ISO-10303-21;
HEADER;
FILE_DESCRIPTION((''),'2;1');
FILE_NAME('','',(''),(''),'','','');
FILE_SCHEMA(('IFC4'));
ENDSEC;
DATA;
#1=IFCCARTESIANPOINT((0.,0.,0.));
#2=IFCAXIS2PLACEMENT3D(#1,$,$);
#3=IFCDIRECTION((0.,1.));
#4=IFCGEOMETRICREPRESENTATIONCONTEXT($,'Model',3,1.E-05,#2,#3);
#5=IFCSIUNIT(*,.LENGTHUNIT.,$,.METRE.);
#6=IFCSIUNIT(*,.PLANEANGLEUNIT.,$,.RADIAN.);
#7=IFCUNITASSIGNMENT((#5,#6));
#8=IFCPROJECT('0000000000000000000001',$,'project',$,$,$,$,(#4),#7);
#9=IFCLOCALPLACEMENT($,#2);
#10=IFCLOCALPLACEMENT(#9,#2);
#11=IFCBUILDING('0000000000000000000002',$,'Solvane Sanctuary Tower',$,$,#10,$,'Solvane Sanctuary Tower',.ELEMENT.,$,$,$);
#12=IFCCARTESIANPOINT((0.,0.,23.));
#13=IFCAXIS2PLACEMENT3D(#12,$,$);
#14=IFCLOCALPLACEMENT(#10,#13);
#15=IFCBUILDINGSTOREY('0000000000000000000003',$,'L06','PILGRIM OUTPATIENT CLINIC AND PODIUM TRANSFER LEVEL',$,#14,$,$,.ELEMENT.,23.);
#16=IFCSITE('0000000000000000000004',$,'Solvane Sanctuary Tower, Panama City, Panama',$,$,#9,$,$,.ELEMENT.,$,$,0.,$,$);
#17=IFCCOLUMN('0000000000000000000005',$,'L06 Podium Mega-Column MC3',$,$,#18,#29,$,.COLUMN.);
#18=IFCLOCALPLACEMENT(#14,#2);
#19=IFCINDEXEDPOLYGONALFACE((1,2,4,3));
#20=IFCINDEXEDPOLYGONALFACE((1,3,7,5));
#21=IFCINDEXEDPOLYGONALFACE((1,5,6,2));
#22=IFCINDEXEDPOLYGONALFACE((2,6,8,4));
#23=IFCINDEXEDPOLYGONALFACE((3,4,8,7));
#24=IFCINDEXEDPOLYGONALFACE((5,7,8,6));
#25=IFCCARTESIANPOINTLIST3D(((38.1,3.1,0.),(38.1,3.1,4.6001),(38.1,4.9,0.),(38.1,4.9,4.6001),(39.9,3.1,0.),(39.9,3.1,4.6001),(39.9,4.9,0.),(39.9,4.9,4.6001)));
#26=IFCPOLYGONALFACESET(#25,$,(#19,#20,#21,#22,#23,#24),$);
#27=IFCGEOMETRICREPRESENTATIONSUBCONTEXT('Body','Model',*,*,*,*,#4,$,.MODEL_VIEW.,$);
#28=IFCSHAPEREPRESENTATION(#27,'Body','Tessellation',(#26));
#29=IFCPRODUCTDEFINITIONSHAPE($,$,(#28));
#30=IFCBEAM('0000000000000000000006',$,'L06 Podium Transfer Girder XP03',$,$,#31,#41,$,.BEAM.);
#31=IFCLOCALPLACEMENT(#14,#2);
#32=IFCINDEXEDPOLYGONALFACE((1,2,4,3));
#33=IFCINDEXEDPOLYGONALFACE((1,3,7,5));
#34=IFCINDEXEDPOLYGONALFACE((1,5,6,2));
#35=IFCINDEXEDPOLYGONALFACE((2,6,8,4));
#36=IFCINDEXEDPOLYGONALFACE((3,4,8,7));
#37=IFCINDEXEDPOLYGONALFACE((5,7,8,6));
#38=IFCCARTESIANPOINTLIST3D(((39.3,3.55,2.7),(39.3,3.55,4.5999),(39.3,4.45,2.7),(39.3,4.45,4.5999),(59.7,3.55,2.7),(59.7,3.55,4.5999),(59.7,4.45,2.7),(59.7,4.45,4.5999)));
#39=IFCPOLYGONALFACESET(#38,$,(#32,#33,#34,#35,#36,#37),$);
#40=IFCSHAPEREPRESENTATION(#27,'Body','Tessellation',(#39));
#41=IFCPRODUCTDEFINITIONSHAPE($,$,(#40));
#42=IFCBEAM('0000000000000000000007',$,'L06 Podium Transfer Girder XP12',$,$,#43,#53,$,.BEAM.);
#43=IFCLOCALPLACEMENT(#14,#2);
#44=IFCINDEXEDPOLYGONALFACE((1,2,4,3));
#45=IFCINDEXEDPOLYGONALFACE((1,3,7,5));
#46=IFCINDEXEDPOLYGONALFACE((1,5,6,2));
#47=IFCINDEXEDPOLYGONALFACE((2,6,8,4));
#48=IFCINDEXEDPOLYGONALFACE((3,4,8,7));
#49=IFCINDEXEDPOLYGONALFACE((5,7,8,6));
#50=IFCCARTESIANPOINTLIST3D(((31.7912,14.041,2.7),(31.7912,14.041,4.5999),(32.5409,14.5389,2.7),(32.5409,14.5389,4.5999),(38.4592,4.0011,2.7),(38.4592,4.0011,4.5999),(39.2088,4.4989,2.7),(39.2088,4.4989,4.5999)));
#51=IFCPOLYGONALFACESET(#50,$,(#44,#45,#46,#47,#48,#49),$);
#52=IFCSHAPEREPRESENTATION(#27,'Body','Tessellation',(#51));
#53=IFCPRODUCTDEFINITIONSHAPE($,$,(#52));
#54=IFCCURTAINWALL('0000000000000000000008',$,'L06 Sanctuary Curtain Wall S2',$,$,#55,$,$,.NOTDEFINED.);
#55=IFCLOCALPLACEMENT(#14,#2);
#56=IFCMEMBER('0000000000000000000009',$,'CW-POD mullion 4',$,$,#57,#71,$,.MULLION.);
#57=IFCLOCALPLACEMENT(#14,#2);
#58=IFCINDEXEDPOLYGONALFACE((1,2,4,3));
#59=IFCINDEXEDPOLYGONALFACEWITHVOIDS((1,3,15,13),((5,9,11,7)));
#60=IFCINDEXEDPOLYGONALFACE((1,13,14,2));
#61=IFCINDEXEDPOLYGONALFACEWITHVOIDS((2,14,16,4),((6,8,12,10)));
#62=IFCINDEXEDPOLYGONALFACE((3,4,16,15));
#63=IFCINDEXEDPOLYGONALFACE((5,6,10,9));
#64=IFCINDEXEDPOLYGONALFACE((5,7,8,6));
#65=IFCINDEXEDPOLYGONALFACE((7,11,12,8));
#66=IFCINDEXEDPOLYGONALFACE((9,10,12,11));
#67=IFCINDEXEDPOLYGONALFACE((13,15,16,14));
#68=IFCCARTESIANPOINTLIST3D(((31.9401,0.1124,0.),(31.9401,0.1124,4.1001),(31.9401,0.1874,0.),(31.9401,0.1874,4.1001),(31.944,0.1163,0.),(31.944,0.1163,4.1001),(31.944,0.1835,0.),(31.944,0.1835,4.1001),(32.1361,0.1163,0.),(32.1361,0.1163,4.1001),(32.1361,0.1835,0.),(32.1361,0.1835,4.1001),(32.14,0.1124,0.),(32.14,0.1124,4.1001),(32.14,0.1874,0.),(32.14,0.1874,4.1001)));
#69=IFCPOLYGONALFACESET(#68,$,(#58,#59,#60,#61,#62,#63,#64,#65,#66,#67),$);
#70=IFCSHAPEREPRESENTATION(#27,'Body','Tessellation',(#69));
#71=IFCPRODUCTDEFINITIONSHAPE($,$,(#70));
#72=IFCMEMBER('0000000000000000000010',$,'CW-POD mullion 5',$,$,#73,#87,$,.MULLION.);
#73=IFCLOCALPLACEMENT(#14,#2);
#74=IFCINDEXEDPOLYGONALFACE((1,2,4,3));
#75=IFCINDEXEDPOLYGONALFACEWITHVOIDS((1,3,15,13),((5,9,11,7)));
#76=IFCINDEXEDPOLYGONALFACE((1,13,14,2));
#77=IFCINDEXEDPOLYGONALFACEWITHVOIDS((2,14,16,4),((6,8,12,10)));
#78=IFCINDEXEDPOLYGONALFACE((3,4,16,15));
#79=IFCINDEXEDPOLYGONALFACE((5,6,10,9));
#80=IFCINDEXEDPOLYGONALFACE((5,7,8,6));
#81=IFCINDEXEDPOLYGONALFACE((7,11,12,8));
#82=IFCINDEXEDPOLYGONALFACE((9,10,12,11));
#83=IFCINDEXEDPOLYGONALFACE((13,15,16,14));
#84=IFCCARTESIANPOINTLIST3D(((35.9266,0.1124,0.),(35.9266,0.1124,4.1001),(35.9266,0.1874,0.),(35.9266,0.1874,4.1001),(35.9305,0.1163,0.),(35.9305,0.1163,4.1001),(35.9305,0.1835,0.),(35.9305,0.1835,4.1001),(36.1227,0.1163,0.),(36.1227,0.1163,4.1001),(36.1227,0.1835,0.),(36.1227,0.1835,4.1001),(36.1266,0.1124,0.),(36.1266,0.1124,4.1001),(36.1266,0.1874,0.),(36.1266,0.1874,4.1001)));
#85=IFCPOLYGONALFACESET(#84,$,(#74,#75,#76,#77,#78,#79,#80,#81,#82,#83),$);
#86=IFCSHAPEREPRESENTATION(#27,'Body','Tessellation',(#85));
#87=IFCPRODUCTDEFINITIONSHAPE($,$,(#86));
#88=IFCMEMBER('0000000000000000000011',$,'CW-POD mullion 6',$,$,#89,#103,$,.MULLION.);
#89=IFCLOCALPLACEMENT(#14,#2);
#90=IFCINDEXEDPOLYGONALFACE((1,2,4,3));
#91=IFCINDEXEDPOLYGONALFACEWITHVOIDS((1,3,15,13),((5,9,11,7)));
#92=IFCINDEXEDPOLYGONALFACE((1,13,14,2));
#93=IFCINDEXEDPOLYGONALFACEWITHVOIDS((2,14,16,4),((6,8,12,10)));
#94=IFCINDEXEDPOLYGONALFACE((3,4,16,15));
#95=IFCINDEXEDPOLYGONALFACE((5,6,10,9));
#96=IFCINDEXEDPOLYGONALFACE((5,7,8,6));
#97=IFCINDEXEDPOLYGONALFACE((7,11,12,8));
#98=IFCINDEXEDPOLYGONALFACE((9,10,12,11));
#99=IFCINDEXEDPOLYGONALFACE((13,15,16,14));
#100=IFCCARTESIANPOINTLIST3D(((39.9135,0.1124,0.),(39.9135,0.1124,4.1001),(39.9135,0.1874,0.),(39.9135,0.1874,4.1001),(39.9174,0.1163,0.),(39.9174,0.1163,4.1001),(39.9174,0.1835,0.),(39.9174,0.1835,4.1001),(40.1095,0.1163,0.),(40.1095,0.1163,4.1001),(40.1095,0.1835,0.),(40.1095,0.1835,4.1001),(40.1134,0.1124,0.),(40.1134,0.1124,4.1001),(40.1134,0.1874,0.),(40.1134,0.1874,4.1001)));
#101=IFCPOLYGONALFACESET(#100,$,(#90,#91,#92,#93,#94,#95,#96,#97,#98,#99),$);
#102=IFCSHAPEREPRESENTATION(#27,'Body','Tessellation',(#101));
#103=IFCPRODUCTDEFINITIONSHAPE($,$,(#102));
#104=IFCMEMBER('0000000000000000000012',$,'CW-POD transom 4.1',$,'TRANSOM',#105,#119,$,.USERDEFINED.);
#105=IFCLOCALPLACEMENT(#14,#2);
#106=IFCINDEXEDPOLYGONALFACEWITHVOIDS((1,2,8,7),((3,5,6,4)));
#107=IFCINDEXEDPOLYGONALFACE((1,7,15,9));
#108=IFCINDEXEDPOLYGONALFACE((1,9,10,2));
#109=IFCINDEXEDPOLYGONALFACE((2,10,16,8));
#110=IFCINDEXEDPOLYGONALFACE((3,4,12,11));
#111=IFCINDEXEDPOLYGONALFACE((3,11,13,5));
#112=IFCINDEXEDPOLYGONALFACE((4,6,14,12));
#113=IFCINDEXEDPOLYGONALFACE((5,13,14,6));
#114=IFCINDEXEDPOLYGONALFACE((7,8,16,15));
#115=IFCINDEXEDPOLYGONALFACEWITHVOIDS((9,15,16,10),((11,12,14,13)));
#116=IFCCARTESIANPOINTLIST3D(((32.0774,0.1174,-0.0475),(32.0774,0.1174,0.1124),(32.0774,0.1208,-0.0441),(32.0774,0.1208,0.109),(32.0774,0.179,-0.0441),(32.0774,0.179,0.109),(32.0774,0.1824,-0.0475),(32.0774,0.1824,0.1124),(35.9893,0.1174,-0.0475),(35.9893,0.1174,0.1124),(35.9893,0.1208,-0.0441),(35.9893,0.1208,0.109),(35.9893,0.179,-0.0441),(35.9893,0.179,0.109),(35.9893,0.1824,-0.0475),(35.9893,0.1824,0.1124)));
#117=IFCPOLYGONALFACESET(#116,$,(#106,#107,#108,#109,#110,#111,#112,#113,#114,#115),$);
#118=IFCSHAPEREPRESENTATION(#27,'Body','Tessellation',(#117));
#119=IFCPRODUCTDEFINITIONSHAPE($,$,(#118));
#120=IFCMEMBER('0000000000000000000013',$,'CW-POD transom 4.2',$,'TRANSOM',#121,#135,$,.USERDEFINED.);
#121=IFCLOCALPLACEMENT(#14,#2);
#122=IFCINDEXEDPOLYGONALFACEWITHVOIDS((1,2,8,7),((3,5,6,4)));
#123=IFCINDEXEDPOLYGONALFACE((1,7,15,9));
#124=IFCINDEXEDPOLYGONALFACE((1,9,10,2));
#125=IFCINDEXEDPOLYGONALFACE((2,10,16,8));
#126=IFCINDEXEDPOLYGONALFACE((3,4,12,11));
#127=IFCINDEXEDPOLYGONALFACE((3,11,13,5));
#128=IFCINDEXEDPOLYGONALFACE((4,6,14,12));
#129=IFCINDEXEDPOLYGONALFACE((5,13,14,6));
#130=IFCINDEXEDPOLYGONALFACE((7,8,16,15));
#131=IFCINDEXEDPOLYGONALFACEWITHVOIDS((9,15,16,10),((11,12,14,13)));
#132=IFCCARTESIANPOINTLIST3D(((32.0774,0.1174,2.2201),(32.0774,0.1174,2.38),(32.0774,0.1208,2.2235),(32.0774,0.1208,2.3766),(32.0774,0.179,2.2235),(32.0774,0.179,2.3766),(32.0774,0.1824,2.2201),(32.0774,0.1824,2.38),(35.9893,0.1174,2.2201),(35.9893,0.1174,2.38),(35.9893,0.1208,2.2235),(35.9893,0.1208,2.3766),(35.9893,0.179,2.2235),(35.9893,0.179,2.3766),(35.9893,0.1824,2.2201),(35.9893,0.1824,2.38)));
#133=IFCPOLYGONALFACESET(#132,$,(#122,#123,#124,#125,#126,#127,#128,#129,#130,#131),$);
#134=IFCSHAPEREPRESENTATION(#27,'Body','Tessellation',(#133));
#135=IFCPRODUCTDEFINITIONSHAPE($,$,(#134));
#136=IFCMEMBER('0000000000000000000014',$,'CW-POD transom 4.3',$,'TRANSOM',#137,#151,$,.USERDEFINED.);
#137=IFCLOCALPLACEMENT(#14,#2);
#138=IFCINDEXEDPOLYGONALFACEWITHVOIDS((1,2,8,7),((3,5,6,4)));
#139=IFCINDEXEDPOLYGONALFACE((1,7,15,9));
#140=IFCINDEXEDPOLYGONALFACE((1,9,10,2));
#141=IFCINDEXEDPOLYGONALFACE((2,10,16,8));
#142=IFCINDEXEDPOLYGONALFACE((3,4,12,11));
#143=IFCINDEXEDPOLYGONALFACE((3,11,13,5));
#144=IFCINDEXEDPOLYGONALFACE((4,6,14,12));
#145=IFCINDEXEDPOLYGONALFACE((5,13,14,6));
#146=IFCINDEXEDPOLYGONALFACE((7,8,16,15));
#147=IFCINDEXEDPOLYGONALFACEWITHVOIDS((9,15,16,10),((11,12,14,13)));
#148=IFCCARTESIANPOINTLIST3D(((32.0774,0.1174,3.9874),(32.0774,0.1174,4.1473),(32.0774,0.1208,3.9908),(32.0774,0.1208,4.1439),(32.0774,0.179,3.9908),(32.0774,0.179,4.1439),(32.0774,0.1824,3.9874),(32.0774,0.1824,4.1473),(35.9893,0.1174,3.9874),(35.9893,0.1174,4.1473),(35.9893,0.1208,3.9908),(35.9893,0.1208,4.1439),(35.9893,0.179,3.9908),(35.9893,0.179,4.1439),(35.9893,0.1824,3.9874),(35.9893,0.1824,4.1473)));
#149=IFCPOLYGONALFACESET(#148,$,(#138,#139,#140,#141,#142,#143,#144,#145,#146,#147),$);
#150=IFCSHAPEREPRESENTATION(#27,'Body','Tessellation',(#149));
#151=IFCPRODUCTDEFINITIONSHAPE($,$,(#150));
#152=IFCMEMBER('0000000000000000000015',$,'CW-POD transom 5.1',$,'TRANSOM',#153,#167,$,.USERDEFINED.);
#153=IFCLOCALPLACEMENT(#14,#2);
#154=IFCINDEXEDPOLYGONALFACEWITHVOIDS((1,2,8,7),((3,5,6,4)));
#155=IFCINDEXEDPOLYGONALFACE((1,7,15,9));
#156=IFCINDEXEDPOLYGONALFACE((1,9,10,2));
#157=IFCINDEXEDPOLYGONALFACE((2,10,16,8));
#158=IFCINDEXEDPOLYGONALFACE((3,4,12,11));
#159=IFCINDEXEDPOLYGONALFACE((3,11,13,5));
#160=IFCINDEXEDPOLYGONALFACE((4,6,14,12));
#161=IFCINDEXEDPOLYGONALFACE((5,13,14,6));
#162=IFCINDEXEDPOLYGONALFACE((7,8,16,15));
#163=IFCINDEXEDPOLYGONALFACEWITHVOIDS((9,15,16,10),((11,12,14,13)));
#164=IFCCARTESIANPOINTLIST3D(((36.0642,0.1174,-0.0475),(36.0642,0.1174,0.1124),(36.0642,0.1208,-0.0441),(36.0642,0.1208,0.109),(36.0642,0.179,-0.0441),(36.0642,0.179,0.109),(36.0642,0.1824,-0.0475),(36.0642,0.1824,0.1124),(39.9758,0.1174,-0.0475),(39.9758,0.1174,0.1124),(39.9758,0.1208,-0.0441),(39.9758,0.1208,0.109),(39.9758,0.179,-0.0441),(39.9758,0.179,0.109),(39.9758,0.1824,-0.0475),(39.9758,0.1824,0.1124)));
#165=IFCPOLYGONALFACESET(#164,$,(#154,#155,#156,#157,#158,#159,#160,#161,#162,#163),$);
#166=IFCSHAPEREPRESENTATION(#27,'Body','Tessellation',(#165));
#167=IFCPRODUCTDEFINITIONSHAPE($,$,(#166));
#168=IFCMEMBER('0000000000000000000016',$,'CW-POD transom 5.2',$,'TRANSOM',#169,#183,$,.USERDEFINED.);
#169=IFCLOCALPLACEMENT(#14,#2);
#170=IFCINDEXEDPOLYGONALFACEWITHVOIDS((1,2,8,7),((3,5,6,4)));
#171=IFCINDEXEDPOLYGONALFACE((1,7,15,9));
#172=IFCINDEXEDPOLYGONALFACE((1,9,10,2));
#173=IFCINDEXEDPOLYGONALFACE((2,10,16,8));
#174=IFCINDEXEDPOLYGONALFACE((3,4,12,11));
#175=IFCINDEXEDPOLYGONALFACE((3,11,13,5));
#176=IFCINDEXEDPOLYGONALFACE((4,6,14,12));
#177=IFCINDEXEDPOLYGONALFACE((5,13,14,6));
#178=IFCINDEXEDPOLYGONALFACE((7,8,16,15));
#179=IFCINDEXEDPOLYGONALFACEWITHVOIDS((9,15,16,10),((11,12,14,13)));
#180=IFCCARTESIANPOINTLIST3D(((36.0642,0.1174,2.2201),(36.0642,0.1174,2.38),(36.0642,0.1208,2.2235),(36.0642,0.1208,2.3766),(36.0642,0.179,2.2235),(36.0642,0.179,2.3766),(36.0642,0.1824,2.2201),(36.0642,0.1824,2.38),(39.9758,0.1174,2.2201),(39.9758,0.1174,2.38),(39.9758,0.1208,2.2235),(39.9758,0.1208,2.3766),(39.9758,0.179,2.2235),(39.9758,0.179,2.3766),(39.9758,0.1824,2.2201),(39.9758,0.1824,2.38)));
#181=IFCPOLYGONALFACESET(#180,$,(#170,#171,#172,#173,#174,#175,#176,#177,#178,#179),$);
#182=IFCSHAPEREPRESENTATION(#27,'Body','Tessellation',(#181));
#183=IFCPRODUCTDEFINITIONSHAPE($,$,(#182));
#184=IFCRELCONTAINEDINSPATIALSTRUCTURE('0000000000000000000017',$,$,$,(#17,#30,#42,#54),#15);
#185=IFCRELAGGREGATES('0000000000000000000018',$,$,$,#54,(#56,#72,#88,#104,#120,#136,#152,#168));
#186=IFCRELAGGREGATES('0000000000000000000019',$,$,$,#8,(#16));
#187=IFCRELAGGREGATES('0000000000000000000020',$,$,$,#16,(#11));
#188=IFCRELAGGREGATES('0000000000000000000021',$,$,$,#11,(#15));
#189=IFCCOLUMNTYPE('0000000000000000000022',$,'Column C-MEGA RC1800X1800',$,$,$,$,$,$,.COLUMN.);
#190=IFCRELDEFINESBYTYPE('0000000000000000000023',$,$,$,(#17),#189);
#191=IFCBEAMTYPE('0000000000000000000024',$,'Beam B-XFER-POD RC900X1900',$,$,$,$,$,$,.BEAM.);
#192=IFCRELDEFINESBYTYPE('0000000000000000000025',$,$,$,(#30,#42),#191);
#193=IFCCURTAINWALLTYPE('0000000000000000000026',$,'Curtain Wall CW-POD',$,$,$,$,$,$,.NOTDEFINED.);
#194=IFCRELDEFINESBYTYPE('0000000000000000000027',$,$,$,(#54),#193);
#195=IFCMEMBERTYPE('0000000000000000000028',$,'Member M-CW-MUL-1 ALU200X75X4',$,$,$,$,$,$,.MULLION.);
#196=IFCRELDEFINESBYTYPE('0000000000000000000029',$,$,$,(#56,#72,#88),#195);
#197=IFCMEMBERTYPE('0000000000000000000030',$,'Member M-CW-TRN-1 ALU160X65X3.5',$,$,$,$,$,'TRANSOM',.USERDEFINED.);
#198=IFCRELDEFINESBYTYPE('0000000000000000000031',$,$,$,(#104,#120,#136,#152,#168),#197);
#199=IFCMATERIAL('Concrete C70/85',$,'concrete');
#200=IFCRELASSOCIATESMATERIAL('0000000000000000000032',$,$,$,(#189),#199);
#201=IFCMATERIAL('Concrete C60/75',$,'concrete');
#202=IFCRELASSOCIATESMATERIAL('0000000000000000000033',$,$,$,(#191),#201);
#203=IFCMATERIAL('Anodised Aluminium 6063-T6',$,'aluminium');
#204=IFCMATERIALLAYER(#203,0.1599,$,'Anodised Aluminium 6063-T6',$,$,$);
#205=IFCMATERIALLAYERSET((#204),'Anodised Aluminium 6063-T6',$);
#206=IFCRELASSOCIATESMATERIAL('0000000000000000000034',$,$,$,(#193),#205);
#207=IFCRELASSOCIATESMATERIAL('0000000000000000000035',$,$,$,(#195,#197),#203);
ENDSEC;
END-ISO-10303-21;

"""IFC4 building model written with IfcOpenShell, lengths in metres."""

from ifc_helpers import new_model, si_unit, direction, frame, origin, origin_2d, place, context, subcontext, project, spatial, rectangle, hollow_rectangle, extrude, material, layer, layer_set, material_profile, profile_set, type_object, element, aggregate, save


model = new_model("IFC4")

# Units and contexts
model_context = context("Model", 3, precision=1e-05, world=origin(), true_north=direction((0.0, 1.0)))
body_context = subcontext(model_context, "Body", "Model", "MODEL_VIEW")
ifc_project = project(units=[si_unit("LENGTHUNIT", "METRE"), si_unit("PLANEANGLEUNIT", "RADIAN")], contexts=[model_context])

# Site, building, storey
site_placement = place(None, origin())
site = spatial("IfcSite", under=ifc_project, at=site_placement, Name="Solvane Sanctuary Tower, Panama City, Panama", CompositionType="ELEMENT", RefElevation=0.0)
building_placement = place(site_placement, origin())
building = spatial("IfcBuilding", under=site, at=building_placement, Name="Solvane Sanctuary Tower", LongName="Solvane Sanctuary Tower", CompositionType="ELEMENT")
storey_placement = place(building_placement, frame((0.0, 0.0, 23.0)))
storey = spatial("IfcBuildingStorey", under=building, at=storey_placement, Name="L06", Description="PILGRIM OUTPATIENT CLINIC AND PODIUM TRANSFER LEVEL", CompositionType="ELEMENT", Elevation=23.0)

# Column
ifc_material_1 = material(Name="Concrete C70/85", Category="concrete")
ifc_material_profile_1 = material_profile(ifc_material_1, rectangle(XDim=1.8, YDim=1.8, at=origin_2d()), Name="RC1800X1800")
ifc_profile_set_1 = profile_set([ifc_material_profile_1], Name="Concrete C70/85")
column_type = type_object("IfcColumnType", Name="Column C-MEGA RC1800X1800", PredefinedType="COLUMN", material=ifc_profile_set_1)
column_placement = place(storey_placement, frame((39.0, 4.0, 0.0), z_axis=(0.0, 0.0, 1.0), x_axis=(1.0, 0.0, 0.0)))
element("IfcColumn", 1, at=column_placement, inside=storey, type_object=column_type, Name="L06 Podium Mega-Column MC3", PredefinedType="COLUMN", context=body_context, shape_type="SweptSolid", body=[
    extrude(rectangle(XDim=1.8, YDim=1.8, at=origin_2d()), origin(), (0.0, 0.0, 1.0), 4.6001),
])

# Beams
ifc_material_2 = material(Name="Concrete C60/75", Category="concrete")
ifc_material_profile_2 = material_profile(ifc_material_2, rectangle(XDim=0.8999, YDim=1.8999, at=origin_2d()), Name="RC900X1900")
ifc_profile_set_2 = profile_set([ifc_material_profile_2], Name="Concrete C60/75")
beam_type = type_object("IfcBeamType", Name="Beam B-XFER-POD RC900X1900", PredefinedType="BEAM", material=ifc_profile_set_2)
beam_1_placement = place(storey_placement, frame((39.3, 4.0, 3.6499), z_axis=(1.0, 0.0, 0.0), x_axis=(0.0, 1.0, 0.0)))
element("IfcBeam", 2, at=beam_1_placement, inside=storey, type_object=beam_type, Name="L06 Podium Transfer Girder XP03", PredefinedType="BEAM", context=body_context, shape_type="SweptSolid", body=[
    extrude(rectangle(XDim=0.8999, YDim=1.8999, at=origin_2d()), origin(), (0.0, 0.0, 1.0), 20.3999),
])
beam_2_placement = place(storey_placement, frame((38.834, 4.25, 3.6499), z_axis=(-0.553241, 0.833021, 0.0), x_axis=(-0.833021, -0.553241, 0.0)))
element("IfcBeam", 3, at=beam_2_placement, inside=storey, type_object=beam_type, Name="L06 Podium Transfer Girder XP12", PredefinedType="BEAM", context=body_context, shape_type="SweptSolid", body=[
    extrude(rectangle(XDim=0.8999, YDim=1.8999, at=origin_2d()), origin(), (0.0, 0.0, 1.0), 12.0525),
])

# Curtain wall, members
ifc_material_3 = material(Name="Anodised Aluminium 6063-T6", Category="aluminium")
ifc_layer_1 = layer(ifc_material_3, 0.1599, Name="Anodised Aluminium 6063-T6")
ifc_layer_set_1 = layer_set([ifc_layer_1], Name="Anodised Aluminium 6063-T6")
curtain_wall_type = type_object("IfcCurtainWallType", Name="Curtain Wall CW-POD", PredefinedType="NOTDEFINED", material=ifc_layer_set_1)
curtain_wall_placement = place(storey_placement, origin())
curtain_wall = element("IfcCurtainWall", 4, at=curtain_wall_placement, inside=storey, type_object=curtain_wall_type, Name="L06 Sanctuary Curtain Wall S2", PredefinedType="NOTDEFINED")
ifc_material_profile_3 = material_profile(ifc_material_3, hollow_rectangle(XDim=0.075, YDim=0.2, WallThickness=0.0039, at=origin_2d()), Name="ALU200X75X4")
ifc_profile_set_3 = profile_set([ifc_material_profile_3], Name="Anodised Aluminium 6063-T6")
member_type_1 = type_object("IfcMemberType", Name="Member M-CW-MUL-1 ALU200X75X4", PredefinedType="MULLION", material=ifc_profile_set_3)
member_1_placement = place(storey_placement, frame((32.04, 0.1499, 0.0), z_axis=(0.0, 0.0, 1.0), x_axis=(0.0, 1.0, 0.0)))
member_1 = element("IfcMember", 5, at=member_1_placement, type_object=member_type_1, Name="CW-POD mullion 4", PredefinedType="MULLION", context=body_context, shape_type="SweptSolid", body=[
    extrude(hollow_rectangle(XDim=0.075, YDim=0.2, WallThickness=0.0039, at=origin_2d()), origin(), (0.0, 0.0, 1.0), 4.1001),
])
member_2_placement = place(storey_placement, frame((36.0266, 0.1499, 0.0), z_axis=(0.0, 0.0, 1.0), x_axis=(0.0, 1.0, 0.0)))
member_2 = element("IfcMember", 6, at=member_2_placement, type_object=member_type_1, Name="CW-POD mullion 5", PredefinedType="MULLION", context=body_context, shape_type="SweptSolid", body=[
    extrude(hollow_rectangle(XDim=0.075, YDim=0.2, WallThickness=0.0039, at=origin_2d()), origin(), (0.0, 0.0, 1.0), 4.1001),
])
member_3_placement = place(storey_placement, frame((40.0134, 0.1499, 0.0), z_axis=(0.0, 0.0, 1.0), x_axis=(0.0, 1.0, 0.0)))
member_3 = element("IfcMember", 7, at=member_3_placement, type_object=member_type_1, Name="CW-POD mullion 6", PredefinedType="MULLION", context=body_context, shape_type="SweptSolid", body=[
    extrude(hollow_rectangle(XDim=0.075, YDim=0.2, WallThickness=0.0039, at=origin_2d()), origin(), (0.0, 0.0, 1.0), 4.1001),
])
ifc_material_profile_4 = material_profile(ifc_material_3, hollow_rectangle(XDim=0.0649, YDim=0.1599, WallThickness=0.0034, at=origin_2d()), Name="ALU160X65X3.5")
ifc_profile_set_4 = profile_set([ifc_material_profile_4], Name="Anodised Aluminium 6063-T6")
member_type_2 = type_object("IfcMemberType", Name="Member M-CW-TRN-1 ALU160X65X3.5", ElementType="TRANSOM", PredefinedType="USERDEFINED", material=ifc_profile_set_4)
member_4_placement = place(storey_placement, frame((32.0774, 0.1499, 0.0325), z_axis=(1.0, 0.0, 0.0), x_axis=(0.0, 1.0, 0.0)))
member_4 = element("IfcMember", 8, at=member_4_placement, type_object=member_type_2, Name="CW-POD transom 4.1", ObjectType="TRANSOM", PredefinedType="USERDEFINED", context=body_context, shape_type="SweptSolid", body=[
    extrude(hollow_rectangle(XDim=0.0649, YDim=0.1599, WallThickness=0.0034, at=origin_2d()), origin(), (0.0, 0.0, 1.0), 3.9119),
])
member_5_placement = place(storey_placement, frame((32.0774, 0.1499, 2.3), z_axis=(1.0, 0.0, 0.0), x_axis=(0.0, 1.0, 0.0)))
member_5 = element("IfcMember", 9, at=member_5_placement, type_object=member_type_2, Name="CW-POD transom 4.2", ObjectType="TRANSOM", PredefinedType="USERDEFINED", context=body_context, shape_type="SweptSolid", body=[
    extrude(hollow_rectangle(XDim=0.0649, YDim=0.1599, WallThickness=0.0034, at=origin_2d()), origin(), (0.0, 0.0, 1.0), 3.9119),
])
member_6_placement = place(storey_placement, frame((32.0774, 0.1499, 4.0674), z_axis=(1.0, 0.0, 0.0), x_axis=(0.0, 1.0, 0.0)))
member_6 = element("IfcMember", 10, at=member_6_placement, type_object=member_type_2, Name="CW-POD transom 4.3", ObjectType="TRANSOM", PredefinedType="USERDEFINED", context=body_context, shape_type="SweptSolid", body=[
    extrude(hollow_rectangle(XDim=0.0649, YDim=0.1599, WallThickness=0.0034, at=origin_2d()), origin(), (0.0, 0.0, 1.0), 3.9119),
])
member_7_placement = place(storey_placement, frame((36.0642, 0.1499, 0.0325), z_axis=(1.0, 0.0, 0.0), x_axis=(0.0, 1.0, 0.0)))
member_7 = element("IfcMember", 11, at=member_7_placement, type_object=member_type_2, Name="CW-POD transom 5.1", ObjectType="TRANSOM", PredefinedType="USERDEFINED", context=body_context, shape_type="SweptSolid", body=[
    extrude(hollow_rectangle(XDim=0.0649, YDim=0.1599, WallThickness=0.0034, at=origin_2d()), origin(), (0.0, 0.0, 1.0), 3.9116),
])
member_8_placement = place(storey_placement, frame((36.0642, 0.1499, 2.3), z_axis=(1.0, 0.0, 0.0), x_axis=(0.0, 1.0, 0.0)))
member_8 = element("IfcMember", 12, at=member_8_placement, type_object=member_type_2, Name="CW-POD transom 5.2", ObjectType="TRANSOM", PredefinedType="USERDEFINED", context=body_context, shape_type="SweptSolid", body=[
    extrude(hollow_rectangle(XDim=0.0649, YDim=0.1599, WallThickness=0.0034, at=origin_2d()), origin(), (0.0, 0.0, 1.0), 3.9116),
])

aggregate(curtain_wall, [member_1, member_2, member_3, member_4, member_5, member_6, member_7, member_8])

save(model, "model.ifc")
